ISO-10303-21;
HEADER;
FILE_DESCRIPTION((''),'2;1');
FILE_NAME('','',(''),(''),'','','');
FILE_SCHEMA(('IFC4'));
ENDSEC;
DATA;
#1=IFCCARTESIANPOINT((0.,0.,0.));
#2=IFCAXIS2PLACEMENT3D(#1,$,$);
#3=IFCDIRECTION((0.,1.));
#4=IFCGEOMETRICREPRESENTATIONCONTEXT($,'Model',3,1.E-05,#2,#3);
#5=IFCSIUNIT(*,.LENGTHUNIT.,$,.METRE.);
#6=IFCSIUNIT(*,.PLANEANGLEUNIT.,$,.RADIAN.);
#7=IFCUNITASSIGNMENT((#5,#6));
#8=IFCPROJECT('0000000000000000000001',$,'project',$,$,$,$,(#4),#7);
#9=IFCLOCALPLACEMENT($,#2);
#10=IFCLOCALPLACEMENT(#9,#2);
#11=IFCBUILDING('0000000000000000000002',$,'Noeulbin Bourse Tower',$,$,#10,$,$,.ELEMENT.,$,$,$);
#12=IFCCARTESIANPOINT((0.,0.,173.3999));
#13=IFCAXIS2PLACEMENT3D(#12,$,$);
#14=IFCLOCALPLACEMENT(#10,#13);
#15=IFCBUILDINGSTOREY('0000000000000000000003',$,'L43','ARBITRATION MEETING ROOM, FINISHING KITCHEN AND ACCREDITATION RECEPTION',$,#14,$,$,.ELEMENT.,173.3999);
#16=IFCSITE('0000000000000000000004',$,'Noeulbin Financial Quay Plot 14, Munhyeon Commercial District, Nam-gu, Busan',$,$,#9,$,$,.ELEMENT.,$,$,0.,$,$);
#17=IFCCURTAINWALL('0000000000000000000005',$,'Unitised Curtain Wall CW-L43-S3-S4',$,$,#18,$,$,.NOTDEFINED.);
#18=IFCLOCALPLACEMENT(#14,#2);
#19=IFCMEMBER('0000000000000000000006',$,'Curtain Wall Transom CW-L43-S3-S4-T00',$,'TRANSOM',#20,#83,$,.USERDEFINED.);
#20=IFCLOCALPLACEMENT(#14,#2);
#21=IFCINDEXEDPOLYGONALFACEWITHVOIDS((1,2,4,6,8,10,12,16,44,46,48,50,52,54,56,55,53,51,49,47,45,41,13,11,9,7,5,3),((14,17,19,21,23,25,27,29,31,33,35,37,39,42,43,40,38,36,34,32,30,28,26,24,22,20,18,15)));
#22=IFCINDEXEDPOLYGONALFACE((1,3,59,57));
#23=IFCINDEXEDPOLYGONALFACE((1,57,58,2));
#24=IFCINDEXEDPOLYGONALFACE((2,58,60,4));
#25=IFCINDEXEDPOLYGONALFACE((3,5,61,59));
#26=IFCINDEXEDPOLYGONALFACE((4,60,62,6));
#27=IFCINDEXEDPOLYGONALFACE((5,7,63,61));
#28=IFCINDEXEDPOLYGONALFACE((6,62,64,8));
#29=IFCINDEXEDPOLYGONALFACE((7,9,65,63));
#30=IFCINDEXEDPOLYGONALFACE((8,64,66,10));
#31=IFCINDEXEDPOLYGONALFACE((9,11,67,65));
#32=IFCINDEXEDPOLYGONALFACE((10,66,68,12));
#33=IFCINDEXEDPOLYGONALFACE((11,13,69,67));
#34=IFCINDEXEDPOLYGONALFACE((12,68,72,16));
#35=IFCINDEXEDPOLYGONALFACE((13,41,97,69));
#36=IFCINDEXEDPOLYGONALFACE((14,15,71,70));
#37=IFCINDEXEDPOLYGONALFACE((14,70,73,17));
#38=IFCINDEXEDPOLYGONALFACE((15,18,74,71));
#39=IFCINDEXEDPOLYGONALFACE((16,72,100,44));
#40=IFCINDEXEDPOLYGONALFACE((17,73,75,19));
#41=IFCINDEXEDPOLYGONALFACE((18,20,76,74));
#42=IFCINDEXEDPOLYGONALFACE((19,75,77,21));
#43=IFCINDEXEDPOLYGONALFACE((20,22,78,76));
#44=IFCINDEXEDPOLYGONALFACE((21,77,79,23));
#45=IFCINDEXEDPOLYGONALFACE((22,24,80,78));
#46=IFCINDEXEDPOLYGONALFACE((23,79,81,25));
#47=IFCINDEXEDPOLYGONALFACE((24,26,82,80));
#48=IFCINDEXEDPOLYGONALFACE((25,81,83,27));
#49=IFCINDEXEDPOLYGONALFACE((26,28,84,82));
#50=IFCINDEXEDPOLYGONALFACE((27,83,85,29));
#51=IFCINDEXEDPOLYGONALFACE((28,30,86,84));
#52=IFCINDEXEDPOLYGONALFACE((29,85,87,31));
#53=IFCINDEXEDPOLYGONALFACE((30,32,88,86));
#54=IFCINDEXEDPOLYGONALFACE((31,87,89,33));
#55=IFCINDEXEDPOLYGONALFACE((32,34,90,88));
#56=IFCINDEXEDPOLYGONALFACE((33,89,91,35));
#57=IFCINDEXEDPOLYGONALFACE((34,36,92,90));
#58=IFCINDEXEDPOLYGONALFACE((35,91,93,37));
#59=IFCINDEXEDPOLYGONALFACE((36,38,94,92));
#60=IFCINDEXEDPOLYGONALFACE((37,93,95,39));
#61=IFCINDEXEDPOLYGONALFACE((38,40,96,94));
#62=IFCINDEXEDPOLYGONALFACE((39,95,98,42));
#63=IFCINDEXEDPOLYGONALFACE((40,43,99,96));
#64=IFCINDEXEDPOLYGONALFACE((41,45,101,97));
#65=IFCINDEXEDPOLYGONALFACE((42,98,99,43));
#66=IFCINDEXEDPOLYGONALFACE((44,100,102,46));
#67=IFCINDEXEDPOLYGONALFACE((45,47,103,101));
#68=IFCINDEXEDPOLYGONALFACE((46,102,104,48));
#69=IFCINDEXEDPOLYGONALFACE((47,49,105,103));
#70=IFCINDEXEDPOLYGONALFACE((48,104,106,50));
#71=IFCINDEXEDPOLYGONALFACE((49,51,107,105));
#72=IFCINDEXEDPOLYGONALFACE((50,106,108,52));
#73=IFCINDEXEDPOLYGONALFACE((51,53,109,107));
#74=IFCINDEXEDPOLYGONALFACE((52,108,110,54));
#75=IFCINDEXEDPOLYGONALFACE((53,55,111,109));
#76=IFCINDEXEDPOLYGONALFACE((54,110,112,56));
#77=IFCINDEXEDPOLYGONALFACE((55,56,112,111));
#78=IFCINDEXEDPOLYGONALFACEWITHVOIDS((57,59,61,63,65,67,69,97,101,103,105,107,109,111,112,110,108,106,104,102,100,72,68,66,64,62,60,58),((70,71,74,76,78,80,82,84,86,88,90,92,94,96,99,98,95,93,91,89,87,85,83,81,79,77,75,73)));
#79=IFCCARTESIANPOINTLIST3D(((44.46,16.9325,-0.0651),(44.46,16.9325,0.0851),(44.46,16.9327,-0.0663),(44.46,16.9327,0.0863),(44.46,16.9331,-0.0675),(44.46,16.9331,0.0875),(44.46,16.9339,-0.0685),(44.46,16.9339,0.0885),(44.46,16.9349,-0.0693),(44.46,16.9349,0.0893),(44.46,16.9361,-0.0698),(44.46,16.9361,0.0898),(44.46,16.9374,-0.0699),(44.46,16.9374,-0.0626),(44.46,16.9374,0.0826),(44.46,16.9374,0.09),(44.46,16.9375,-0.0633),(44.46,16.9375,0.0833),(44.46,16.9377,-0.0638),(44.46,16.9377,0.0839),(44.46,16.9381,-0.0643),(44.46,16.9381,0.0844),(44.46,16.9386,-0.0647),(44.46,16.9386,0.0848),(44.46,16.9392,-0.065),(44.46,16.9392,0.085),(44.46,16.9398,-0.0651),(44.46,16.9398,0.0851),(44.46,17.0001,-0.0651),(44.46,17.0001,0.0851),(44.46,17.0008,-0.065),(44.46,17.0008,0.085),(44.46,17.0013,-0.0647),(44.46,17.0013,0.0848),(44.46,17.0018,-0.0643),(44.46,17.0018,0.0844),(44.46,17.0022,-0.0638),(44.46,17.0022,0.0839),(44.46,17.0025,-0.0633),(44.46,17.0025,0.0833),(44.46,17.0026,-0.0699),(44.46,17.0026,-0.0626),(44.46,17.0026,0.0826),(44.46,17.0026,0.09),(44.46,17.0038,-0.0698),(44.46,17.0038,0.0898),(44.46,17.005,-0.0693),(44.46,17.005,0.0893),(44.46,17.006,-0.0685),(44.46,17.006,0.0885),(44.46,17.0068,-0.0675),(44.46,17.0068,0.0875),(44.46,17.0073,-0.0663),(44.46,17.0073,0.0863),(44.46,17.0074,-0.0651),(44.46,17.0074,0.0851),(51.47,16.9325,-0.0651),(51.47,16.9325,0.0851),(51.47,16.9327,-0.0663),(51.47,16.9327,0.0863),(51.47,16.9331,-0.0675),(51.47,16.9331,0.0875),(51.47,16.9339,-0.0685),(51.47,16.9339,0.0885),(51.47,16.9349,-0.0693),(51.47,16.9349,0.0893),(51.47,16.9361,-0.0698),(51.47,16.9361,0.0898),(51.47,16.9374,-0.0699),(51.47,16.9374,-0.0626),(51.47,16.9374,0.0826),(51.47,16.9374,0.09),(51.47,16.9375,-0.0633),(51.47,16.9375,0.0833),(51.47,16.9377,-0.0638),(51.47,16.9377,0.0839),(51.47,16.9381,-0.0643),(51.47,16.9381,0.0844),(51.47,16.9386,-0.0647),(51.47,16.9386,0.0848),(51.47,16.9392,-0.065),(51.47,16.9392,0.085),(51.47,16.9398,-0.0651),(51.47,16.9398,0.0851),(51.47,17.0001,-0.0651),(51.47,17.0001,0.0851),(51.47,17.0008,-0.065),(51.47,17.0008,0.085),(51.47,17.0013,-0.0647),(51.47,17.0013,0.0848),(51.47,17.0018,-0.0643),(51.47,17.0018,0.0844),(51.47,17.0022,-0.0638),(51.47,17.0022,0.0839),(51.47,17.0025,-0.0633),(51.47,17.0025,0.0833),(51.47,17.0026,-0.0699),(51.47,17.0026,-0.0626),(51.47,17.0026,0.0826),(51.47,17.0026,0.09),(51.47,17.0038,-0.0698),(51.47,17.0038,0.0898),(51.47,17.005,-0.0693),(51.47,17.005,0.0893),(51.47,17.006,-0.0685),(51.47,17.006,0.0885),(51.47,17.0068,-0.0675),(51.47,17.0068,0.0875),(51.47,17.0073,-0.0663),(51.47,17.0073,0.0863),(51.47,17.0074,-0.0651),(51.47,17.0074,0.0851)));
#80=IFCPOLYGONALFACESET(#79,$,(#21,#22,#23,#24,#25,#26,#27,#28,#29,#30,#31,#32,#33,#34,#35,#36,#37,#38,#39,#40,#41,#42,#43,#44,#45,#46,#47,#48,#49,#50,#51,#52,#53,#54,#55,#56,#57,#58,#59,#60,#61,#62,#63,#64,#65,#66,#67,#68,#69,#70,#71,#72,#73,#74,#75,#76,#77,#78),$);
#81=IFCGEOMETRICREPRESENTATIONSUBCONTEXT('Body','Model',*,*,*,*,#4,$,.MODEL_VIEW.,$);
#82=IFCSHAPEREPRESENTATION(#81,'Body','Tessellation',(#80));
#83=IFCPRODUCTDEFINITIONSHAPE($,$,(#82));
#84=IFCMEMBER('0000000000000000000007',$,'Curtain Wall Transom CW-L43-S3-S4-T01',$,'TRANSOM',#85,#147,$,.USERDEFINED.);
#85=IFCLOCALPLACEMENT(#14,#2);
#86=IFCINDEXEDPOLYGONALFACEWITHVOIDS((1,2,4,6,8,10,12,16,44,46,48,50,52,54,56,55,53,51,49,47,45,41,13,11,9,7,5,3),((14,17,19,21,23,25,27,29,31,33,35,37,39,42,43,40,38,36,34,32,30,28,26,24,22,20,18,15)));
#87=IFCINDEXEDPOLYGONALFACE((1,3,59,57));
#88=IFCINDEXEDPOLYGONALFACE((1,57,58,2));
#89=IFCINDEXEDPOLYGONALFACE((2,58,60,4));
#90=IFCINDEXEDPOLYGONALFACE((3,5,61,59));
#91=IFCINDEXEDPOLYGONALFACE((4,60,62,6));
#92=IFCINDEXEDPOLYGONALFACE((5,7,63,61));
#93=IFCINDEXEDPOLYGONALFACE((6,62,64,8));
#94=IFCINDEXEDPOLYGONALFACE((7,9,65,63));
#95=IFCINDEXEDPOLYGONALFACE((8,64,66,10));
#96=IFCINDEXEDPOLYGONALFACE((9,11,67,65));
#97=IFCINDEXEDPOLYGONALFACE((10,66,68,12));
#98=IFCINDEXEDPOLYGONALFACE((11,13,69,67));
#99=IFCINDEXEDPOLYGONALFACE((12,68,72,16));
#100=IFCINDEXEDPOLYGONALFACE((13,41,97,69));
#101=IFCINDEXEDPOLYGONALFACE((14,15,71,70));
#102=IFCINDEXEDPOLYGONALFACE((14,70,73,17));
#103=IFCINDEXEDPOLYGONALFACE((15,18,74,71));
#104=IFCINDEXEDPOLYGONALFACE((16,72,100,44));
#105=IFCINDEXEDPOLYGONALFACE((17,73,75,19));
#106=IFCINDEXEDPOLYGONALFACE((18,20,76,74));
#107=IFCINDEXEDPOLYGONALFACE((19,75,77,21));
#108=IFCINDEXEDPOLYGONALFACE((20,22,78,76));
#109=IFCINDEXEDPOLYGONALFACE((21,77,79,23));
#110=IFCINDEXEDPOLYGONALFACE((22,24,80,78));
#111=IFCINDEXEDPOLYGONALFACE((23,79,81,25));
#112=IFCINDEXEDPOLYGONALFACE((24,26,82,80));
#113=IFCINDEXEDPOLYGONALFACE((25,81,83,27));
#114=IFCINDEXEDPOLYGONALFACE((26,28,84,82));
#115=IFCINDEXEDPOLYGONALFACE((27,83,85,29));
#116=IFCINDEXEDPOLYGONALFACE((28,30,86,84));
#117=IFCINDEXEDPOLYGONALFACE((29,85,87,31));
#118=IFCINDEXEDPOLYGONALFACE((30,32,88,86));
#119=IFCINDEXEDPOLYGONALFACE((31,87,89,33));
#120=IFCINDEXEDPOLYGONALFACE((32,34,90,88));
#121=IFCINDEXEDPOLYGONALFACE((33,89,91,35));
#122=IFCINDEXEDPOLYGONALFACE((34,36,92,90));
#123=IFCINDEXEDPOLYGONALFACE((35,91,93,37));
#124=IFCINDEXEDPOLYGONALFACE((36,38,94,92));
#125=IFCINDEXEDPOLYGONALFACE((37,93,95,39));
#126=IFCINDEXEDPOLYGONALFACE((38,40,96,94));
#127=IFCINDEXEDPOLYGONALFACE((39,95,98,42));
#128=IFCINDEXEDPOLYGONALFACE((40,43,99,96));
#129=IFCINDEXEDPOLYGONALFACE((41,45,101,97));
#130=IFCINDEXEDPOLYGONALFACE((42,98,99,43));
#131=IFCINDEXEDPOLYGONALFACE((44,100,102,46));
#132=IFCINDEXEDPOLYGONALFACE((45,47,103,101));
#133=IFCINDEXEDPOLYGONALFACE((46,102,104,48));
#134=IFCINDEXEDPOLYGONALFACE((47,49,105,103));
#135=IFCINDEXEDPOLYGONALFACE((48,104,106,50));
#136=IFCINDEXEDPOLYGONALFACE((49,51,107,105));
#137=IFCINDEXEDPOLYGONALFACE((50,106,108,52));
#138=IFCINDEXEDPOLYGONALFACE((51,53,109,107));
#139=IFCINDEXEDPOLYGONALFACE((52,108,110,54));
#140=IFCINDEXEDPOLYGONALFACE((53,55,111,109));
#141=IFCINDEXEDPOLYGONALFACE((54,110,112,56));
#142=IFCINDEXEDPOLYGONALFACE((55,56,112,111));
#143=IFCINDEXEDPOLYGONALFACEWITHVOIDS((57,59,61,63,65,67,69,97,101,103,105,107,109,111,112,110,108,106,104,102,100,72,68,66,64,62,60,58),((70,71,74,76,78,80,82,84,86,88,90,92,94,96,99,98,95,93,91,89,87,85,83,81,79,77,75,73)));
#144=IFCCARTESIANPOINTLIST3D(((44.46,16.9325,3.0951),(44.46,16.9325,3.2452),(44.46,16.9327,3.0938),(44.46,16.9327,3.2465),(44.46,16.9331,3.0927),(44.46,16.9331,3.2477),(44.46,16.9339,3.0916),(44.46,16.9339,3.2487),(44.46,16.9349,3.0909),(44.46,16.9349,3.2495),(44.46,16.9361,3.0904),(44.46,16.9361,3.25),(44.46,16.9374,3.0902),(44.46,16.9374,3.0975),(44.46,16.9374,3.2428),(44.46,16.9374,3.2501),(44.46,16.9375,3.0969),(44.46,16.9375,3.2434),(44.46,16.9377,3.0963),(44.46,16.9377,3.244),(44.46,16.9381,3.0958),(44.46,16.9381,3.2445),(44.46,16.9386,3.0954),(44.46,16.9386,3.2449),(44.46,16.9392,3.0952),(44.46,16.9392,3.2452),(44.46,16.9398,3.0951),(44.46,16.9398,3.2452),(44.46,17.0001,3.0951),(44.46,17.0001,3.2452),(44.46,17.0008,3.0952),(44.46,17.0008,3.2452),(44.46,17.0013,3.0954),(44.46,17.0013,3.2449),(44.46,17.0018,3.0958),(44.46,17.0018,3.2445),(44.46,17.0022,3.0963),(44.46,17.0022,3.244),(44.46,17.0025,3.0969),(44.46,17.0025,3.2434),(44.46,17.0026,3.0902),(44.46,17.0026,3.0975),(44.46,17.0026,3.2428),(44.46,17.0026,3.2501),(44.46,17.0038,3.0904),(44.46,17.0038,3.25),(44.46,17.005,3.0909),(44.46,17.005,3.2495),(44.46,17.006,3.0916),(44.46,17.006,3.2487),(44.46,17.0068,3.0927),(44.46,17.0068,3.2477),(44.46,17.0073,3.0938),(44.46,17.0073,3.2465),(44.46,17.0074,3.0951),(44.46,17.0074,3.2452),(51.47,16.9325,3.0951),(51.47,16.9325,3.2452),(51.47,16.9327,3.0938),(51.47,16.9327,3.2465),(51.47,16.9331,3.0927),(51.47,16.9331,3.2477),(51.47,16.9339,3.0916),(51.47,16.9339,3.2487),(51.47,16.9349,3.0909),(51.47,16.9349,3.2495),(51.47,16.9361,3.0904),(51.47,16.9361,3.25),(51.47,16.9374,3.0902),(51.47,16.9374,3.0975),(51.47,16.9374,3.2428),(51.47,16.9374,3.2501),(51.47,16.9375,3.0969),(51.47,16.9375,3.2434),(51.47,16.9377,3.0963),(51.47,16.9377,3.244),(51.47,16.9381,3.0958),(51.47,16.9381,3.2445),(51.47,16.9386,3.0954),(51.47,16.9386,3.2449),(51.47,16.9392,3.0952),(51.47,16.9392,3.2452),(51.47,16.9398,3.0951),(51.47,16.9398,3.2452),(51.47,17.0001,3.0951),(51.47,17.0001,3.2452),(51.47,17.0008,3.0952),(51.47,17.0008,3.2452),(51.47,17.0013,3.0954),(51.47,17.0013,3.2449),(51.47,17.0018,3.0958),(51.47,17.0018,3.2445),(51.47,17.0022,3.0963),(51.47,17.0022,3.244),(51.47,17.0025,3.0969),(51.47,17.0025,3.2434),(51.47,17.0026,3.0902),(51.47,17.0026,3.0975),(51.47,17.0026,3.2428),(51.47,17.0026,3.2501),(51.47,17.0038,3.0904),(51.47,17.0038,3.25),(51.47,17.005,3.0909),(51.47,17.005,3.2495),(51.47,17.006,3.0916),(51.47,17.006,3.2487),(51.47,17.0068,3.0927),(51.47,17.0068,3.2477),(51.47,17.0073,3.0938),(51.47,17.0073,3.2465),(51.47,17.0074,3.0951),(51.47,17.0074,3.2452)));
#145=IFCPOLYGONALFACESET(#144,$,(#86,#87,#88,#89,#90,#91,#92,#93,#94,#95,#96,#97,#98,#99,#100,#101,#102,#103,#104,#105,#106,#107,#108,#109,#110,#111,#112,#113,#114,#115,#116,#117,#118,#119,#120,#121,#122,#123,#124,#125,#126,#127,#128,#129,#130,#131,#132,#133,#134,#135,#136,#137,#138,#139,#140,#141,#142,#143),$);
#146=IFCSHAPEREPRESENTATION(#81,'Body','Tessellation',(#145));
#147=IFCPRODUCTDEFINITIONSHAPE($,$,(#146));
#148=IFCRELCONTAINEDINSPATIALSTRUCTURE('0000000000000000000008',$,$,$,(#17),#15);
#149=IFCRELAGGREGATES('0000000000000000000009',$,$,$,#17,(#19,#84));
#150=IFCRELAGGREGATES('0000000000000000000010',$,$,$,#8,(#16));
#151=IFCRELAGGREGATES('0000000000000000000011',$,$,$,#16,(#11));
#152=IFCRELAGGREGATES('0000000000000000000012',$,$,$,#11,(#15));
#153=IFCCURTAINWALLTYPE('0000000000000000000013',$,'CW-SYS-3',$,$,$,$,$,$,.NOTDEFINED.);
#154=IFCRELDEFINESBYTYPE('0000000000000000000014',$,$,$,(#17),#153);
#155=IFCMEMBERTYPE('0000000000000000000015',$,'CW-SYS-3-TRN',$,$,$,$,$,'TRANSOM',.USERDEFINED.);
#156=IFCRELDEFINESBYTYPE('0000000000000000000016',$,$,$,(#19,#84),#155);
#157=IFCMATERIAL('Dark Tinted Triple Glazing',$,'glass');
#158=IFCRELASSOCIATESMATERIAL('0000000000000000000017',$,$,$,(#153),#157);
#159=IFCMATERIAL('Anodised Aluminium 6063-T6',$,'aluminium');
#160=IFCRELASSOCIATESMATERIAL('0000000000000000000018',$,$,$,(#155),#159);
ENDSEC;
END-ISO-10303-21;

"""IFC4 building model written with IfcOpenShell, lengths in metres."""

from ifc_helpers import new_model, si_unit, direction, frame, origin, origin_2d, place, context, subcontext, project, spatial, hollow_rectangle, extrude, material, material_profile, profile_set, type_object, element, aggregate, save


model = new_model("IFC4")

# Units and contexts
model_context = context("Model", 3, precision=1e-05, world=origin(), true_north=direction((0.0, 1.0)))
body_context = subcontext(model_context, "Body", "Model", "MODEL_VIEW")
ifc_project = project(units=[si_unit("LENGTHUNIT", "METRE"), si_unit("PLANEANGLEUNIT", "RADIAN")], contexts=[model_context])

# Site, building, storey
site_placement = place(None, origin())
site = spatial("IfcSite", under=ifc_project, at=site_placement, Name="Noeulbin Financial Quay Plot 14, Munhyeon Commercial District, Nam-gu, Busan", CompositionType="ELEMENT", RefElevation=0.0)
building_placement = place(site_placement, origin())
building = spatial("IfcBuilding", under=site, at=building_placement, Name="Noeulbin Bourse Tower", CompositionType="ELEMENT")
storey_placement = place(building_placement, frame((0.0, 0.0, 173.3999)))
storey = spatial("IfcBuildingStorey", under=building, at=storey_placement, Name="L43", Description="ARBITRATION MEETING ROOM, FINISHING KITCHEN AND ACCREDITATION RECEPTION", CompositionType="ELEMENT", Elevation=173.3999)

# Curtain wall
ifc_material_1 = material(Name="Dark Tinted Triple Glazing", Category="glass")
curtain_wall_type = type_object("IfcCurtainWallType", Name="CW-SYS-3", PredefinedType="NOTDEFINED", material=ifc_material_1)
curtain_wall_1_placement = place(storey_placement, origin())
curtain_wall_1 = element("IfcCurtainWall", 1, at=curtain_wall_1_placement, inside=storey, type_object=curtain_wall_type, Name="Unitised Curtain Wall CW-L43-S3-S4", PredefinedType="NOTDEFINED")
ifc_material_2 = material(Name="Anodised Aluminium 6063-T6", Category="aluminium")

# Members
ifc_material_profile_1 = material_profile(ifc_material_2, hollow_rectangle(XDim=0.075, YDim=0.1599, WallThickness=0.0049, InnerFilletRadius=0.0024, OuterFilletRadius=0.0049, at=origin_2d()), Name="ALU-TRAN-75x160x5", Category="LoadBearing")
ifc_profile_set_1 = profile_set([ifc_material_profile_1], Name="Anodised Aluminium 6063-T6")
member_type_1 = type_object("IfcMemberType", Name="CW-SYS-3-TRN", ElementType="TRANSOM", PredefinedType="USERDEFINED", material=ifc_profile_set_1)
member_1_placement = place(storey_placement, frame((44.46, 16.97, 0.01), z_axis=(1.0, 0.0, 0.0), x_axis=(0.0, 1.0, 0.0)))
member_1 = element("IfcMember", 2, at=member_1_placement, type_object=member_type_1, Name="Curtain Wall Transom CW-L43-S3-S4-T00", ObjectType="TRANSOM", PredefinedType="USERDEFINED", context=body_context, shape_type="SweptSolid", body=[
    extrude(hollow_rectangle(XDim=0.075, YDim=0.1599, WallThickness=0.0049, InnerFilletRadius=0.0024, OuterFilletRadius=0.0049, at=origin_2d()), origin(), (0.0, 0.0, 1.0), 7.01),
])
member_2_placement = place(storey_placement, frame((44.46, 16.97, 3.1702), z_axis=(1.0, 0.0, 0.0), x_axis=(0.0, 1.0, 0.0)))
member_2 = element("IfcMember", 3, at=member_2_placement, type_object=member_type_1, Name="Curtain Wall Transom CW-L43-S3-S4-T01", ObjectType="TRANSOM", PredefinedType="USERDEFINED", context=body_context, shape_type="SweptSolid", body=[
    extrude(hollow_rectangle(XDim=0.075, YDim=0.1599, WallThickness=0.0049, InnerFilletRadius=0.0024, OuterFilletRadius=0.0049, at=origin_2d()), origin(), (0.0, 0.0, 1.0), 7.01),
])

aggregate(curtain_wall_1, [member_1, member_2])

save(model, "model.ifc")
